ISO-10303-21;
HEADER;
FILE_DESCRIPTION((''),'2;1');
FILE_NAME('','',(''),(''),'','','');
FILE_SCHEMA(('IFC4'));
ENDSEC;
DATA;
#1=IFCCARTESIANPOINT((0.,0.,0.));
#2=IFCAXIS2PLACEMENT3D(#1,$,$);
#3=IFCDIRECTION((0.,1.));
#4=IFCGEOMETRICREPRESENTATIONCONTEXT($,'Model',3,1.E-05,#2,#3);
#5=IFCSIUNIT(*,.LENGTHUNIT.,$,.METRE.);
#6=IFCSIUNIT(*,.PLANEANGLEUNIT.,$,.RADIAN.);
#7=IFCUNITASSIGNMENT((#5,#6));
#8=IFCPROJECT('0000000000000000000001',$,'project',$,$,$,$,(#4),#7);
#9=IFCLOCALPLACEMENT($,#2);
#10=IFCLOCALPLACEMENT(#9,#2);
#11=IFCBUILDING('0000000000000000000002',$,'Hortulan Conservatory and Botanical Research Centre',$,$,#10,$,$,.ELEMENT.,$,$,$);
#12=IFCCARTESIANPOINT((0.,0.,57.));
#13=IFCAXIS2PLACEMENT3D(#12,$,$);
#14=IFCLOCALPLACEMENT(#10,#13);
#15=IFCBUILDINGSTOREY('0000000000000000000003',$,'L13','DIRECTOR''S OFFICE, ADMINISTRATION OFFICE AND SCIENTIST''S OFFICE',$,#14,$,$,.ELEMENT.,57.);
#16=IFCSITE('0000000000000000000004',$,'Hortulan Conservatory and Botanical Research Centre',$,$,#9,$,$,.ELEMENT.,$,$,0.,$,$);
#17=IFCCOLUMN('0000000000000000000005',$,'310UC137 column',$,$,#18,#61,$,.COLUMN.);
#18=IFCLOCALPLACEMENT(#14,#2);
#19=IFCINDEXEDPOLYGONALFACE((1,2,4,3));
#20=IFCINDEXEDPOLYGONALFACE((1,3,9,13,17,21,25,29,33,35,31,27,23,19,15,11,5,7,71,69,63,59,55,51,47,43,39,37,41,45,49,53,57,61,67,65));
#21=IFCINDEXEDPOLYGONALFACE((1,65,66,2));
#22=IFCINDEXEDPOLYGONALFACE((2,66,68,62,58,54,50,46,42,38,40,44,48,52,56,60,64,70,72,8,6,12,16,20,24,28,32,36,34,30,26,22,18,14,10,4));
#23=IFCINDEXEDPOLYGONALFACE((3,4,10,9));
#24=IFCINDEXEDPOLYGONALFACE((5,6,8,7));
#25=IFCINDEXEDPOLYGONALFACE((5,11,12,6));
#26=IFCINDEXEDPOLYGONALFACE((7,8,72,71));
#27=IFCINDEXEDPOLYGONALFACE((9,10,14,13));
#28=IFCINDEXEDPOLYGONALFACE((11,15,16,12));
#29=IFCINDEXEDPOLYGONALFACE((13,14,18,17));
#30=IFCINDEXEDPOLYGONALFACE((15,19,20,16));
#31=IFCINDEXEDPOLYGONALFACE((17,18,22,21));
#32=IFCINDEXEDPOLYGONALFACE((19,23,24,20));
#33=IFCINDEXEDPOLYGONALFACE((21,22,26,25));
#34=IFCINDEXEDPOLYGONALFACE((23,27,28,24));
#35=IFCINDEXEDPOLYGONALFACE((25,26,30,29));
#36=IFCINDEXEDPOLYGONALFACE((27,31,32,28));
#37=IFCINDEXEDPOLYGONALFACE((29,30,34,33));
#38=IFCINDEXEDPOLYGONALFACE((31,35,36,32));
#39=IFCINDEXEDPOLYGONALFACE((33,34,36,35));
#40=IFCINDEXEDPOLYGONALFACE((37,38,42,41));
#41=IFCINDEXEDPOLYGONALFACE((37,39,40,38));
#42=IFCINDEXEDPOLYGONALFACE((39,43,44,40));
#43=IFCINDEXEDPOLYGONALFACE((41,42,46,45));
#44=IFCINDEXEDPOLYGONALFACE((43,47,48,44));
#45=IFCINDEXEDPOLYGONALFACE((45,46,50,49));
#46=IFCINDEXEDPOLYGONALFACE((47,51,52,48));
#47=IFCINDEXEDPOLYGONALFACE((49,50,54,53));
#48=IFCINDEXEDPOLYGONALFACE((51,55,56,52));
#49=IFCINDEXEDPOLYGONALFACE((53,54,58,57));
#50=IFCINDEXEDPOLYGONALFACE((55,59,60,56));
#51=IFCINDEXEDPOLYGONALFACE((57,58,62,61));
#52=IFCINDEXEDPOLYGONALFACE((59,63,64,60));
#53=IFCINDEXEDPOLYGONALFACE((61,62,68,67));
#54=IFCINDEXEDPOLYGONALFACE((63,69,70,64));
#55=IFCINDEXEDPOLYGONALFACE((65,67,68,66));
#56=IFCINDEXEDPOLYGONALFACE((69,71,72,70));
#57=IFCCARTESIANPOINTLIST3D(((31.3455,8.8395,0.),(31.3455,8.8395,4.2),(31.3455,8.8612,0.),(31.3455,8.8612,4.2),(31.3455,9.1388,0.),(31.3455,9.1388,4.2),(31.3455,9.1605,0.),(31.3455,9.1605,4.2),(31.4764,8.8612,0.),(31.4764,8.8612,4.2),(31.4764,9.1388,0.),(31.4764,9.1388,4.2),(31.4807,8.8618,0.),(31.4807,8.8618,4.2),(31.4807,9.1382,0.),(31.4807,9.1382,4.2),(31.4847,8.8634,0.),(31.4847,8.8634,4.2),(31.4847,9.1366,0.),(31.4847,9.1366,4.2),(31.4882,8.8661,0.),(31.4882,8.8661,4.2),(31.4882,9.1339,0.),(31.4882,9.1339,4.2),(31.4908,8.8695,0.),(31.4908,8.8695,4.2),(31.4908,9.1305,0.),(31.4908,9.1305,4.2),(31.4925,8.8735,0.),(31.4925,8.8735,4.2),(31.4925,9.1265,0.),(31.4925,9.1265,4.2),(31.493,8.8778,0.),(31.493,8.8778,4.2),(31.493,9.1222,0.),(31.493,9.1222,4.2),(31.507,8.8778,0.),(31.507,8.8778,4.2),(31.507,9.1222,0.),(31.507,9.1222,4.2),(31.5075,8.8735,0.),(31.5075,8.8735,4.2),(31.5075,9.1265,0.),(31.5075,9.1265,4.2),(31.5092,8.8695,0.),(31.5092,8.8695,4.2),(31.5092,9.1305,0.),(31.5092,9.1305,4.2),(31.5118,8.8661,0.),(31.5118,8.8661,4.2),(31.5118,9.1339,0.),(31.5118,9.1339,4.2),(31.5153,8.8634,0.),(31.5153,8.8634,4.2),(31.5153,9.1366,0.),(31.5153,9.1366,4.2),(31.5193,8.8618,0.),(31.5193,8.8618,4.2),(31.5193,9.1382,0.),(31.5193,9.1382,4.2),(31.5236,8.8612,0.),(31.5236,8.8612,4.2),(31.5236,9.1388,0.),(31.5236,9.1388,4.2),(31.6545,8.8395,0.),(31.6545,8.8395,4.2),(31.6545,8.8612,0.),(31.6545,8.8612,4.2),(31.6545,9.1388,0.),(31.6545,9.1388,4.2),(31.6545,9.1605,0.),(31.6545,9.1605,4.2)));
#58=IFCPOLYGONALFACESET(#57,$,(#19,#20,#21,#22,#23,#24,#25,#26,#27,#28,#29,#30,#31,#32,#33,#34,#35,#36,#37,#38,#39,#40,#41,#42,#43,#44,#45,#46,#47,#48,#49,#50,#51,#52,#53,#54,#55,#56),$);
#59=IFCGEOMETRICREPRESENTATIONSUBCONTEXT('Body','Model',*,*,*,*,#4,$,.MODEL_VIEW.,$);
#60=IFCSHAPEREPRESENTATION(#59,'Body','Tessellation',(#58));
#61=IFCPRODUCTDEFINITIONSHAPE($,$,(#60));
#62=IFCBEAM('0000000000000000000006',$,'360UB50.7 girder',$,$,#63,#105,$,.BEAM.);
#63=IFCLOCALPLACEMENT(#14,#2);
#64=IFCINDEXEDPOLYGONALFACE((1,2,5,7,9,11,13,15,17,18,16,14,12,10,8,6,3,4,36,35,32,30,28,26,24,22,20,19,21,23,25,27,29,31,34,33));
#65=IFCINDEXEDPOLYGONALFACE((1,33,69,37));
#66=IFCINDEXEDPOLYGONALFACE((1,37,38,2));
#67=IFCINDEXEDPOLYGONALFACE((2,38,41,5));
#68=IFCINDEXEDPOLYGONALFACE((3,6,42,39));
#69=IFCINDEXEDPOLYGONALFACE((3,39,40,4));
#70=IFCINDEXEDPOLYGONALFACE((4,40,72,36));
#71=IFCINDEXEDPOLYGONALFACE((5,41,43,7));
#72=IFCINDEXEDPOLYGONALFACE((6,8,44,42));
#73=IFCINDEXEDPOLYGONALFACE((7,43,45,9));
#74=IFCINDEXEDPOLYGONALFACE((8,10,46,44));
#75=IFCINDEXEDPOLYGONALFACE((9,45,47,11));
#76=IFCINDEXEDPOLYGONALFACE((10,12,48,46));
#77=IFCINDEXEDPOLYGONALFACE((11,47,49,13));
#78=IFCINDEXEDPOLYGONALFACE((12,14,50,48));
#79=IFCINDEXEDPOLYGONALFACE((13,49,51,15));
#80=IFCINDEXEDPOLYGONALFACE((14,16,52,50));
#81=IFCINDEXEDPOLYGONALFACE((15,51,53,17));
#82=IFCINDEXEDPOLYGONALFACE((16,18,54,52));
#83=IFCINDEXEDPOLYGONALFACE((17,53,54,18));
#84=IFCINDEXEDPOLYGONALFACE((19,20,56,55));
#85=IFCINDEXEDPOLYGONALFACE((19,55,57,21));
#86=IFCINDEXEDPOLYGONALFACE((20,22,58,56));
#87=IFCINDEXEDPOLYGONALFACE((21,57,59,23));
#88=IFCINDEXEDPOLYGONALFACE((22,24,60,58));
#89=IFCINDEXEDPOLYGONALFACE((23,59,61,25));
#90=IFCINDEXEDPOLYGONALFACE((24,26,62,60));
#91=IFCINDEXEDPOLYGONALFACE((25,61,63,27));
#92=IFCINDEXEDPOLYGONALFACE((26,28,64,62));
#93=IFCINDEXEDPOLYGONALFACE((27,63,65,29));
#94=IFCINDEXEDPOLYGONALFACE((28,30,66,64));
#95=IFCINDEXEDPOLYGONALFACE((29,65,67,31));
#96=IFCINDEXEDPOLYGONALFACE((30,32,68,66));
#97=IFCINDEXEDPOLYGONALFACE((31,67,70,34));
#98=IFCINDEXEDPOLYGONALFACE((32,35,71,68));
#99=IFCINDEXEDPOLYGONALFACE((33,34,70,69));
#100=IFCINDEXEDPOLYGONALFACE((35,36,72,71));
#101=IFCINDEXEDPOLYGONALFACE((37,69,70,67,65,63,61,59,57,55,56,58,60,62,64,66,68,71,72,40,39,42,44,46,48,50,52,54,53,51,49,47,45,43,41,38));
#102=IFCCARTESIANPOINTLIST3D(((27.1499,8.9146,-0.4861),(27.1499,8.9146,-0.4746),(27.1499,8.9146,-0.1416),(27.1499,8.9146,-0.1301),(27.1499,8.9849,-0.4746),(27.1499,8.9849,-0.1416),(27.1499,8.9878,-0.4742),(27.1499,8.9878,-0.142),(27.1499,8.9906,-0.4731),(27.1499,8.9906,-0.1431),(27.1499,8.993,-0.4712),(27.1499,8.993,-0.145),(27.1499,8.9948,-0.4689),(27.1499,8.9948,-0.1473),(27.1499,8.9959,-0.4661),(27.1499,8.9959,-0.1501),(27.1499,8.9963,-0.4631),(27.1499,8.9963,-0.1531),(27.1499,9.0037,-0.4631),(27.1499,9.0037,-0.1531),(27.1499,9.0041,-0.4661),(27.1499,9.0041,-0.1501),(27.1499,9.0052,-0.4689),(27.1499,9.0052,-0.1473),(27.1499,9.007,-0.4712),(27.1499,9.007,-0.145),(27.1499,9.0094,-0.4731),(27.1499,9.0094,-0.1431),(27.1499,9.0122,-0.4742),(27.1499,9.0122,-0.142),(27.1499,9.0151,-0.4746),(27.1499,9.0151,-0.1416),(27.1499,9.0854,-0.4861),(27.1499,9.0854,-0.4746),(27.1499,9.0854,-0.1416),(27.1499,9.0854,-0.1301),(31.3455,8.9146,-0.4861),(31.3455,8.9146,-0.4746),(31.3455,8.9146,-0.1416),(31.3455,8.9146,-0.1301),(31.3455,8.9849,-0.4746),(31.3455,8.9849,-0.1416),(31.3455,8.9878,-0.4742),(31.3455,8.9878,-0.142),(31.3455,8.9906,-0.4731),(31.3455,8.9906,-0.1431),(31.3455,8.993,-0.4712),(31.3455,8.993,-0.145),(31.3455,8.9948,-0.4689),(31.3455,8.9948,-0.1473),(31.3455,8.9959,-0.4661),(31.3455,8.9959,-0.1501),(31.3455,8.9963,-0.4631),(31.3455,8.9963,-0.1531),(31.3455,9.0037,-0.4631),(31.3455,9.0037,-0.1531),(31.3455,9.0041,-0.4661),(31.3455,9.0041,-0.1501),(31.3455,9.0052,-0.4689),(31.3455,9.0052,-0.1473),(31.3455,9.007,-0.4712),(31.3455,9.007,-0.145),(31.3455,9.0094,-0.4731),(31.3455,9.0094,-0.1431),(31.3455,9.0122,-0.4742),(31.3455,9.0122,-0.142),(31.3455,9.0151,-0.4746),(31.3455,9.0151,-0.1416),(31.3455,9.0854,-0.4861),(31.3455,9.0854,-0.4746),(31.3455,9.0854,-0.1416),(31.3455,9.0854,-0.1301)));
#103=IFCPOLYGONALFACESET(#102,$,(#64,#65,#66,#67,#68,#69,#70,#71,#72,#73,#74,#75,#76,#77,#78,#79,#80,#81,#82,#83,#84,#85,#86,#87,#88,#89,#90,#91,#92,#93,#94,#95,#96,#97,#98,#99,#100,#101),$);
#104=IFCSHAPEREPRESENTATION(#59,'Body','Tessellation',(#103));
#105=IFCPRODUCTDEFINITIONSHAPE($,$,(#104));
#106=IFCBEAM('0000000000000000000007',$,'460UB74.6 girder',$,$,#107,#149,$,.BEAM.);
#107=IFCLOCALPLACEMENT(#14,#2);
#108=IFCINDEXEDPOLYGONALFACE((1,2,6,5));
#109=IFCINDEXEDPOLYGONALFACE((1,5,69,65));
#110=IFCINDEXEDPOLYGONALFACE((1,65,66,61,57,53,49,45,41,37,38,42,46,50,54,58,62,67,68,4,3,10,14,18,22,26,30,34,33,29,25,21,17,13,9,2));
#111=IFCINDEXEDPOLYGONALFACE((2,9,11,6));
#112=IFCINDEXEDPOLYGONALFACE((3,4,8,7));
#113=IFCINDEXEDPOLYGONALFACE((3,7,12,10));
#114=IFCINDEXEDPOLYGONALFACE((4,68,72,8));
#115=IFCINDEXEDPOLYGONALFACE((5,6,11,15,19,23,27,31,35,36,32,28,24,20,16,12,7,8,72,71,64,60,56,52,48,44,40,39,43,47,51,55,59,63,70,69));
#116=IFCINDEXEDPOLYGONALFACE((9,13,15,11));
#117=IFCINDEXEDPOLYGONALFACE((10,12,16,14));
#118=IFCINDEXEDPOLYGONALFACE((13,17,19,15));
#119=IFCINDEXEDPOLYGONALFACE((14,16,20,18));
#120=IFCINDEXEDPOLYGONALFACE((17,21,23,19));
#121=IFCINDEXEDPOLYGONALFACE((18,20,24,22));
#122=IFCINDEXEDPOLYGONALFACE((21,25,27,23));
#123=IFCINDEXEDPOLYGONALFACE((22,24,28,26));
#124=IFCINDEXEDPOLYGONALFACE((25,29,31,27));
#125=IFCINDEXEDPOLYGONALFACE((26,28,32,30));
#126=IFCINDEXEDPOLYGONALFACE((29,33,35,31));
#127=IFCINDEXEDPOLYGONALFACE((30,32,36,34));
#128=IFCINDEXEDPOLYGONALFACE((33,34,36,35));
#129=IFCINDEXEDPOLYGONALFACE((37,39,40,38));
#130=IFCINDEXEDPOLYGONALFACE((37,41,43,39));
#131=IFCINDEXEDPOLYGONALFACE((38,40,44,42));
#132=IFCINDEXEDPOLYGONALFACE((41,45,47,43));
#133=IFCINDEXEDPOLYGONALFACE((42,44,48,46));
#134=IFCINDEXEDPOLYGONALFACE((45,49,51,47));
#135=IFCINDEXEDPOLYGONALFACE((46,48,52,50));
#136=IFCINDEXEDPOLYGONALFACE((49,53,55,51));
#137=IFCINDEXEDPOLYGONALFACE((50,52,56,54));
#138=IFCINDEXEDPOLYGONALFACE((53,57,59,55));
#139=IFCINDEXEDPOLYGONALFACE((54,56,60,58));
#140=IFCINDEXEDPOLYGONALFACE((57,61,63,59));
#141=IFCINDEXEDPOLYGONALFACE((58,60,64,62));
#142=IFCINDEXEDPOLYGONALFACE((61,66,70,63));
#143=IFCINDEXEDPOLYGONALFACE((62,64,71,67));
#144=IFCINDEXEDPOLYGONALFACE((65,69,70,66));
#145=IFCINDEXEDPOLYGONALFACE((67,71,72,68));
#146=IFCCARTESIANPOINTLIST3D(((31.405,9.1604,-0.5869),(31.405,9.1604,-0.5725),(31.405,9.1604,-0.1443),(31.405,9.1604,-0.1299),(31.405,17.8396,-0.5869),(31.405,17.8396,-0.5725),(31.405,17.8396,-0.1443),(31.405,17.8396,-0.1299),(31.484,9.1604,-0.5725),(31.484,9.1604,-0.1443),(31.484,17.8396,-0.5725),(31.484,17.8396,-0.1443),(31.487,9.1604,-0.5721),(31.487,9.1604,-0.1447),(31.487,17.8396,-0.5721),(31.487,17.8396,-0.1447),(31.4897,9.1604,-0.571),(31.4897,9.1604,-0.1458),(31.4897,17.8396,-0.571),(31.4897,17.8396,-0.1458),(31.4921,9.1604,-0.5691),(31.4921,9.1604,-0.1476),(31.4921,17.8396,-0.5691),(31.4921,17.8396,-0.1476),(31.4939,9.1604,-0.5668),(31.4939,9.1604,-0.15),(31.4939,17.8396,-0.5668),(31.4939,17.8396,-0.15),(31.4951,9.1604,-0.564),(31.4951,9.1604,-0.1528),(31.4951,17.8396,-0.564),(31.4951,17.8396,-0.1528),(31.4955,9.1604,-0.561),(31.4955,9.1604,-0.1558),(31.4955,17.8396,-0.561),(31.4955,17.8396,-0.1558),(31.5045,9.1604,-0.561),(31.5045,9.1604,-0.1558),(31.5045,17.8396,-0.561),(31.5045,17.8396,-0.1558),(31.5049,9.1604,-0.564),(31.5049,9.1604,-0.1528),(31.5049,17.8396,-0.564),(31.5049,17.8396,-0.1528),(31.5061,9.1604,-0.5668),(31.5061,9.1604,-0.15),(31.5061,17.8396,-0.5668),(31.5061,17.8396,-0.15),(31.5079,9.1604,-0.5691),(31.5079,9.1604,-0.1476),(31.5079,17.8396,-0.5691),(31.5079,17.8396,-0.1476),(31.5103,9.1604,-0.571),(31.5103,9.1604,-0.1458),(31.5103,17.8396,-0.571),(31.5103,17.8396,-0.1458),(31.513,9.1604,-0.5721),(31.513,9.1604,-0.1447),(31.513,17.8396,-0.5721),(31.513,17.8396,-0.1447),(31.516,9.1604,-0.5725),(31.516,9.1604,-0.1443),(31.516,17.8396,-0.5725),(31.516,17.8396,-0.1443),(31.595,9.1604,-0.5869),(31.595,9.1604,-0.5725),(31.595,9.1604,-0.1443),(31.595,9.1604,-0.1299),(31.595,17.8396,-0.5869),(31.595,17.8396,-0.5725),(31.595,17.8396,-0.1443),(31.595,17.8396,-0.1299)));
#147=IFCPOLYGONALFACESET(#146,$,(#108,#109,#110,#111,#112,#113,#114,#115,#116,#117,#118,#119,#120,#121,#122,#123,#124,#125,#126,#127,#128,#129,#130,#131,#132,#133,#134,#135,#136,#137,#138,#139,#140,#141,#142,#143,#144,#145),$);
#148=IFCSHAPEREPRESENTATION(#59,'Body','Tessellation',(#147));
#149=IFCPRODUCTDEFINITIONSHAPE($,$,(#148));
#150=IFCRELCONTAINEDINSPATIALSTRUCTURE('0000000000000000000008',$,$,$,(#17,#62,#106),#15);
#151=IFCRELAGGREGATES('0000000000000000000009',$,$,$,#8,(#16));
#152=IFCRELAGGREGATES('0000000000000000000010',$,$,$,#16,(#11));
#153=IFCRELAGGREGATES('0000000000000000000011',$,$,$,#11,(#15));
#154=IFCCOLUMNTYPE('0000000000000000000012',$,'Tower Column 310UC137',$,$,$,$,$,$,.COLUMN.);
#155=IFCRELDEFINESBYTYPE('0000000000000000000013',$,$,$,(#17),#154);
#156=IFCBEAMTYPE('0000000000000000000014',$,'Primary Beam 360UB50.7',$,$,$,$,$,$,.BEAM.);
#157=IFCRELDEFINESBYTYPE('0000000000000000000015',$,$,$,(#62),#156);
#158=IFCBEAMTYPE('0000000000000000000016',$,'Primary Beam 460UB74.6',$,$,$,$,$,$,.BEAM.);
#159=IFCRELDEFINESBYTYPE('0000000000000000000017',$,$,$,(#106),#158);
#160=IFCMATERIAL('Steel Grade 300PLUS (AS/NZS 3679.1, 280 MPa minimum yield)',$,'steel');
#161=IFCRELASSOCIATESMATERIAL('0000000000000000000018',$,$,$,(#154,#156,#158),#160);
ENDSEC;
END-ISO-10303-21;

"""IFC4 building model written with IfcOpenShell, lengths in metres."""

from ifc_helpers import new_model, si_unit, direction, frame, origin, origin_2d, place, context, subcontext, project, spatial, i_section, extrude, material, material_profile, profile_set, type_object, element, save


model = new_model("IFC4")

# Units and contexts
model_context = context("Model", 3, precision=1e-05, world=origin(), true_north=direction((0.0, 1.0)))
body_context = subcontext(model_context, "Body", "Model", "MODEL_VIEW")
ifc_project = project(units=[si_unit("LENGTHUNIT", "METRE"), si_unit("PLANEANGLEUNIT", "RADIAN")], contexts=[model_context])

# Site, building, storey
site_placement = place(None, origin())
site = spatial("IfcSite", under=ifc_project, at=site_placement, Name="Hortulan Conservatory and Botanical Research Centre", CompositionType="ELEMENT", RefElevation=0.0)
building_placement = place(site_placement, origin())
building = spatial("IfcBuilding", under=site, at=building_placement, Name="Hortulan Conservatory and Botanical Research Centre", CompositionType="ELEMENT")
storey_placement = place(building_placement, frame((0.0, 0.0, 57.0)))
storey = spatial("IfcBuildingStorey", under=building, at=storey_placement, Name="L13", Description="DIRECTOR'S OFFICE, ADMINISTRATION OFFICE AND SCIENTIST'S OFFICE", CompositionType="ELEMENT", Elevation=57.0)

# Column
ifc_material_1 = material(Name="Steel Grade 300PLUS (AS/NZS 3679.1, 280 MPa minimum yield)", Category="steel")
ifc_material_profile_1 = material_profile(ifc_material_1, i_section(OverallWidth=0.3091, OverallDepth=0.321, WebThickness=0.0139, FlangeThickness=0.0217, FilletRadius=0.0166, at=origin_2d()), Name="310UC137")
ifc_profile_set_1 = profile_set([ifc_material_profile_1], Name="Steel Grade 300PLUS (AS/NZS 3679.1, 280 MPa minimum yield)")
column_type = type_object("IfcColumnType", Name="Tower Column 310UC137", PredefinedType="COLUMN", material=ifc_profile_set_1)
column_placement = place(storey_placement, frame((31.5, 9.0, 0.0), z_axis=(0.0, 0.0, 1.0), x_axis=(1.0, 0.0, 0.0)))
element("IfcColumn", 1, at=column_placement, inside=storey, type_object=column_type, Name="310UC137 column", PredefinedType="COLUMN", context=body_context, shape_type="SweptSolid", body=[
    extrude(i_section(OverallWidth=0.3091, OverallDepth=0.321, WebThickness=0.0139, FlangeThickness=0.0217, FilletRadius=0.0166, at=origin_2d()), origin(), (0.0, 0.0, 1.0), 4.2),
])

# Beams
ifc_material_profile_2 = material_profile(ifc_material_1, i_section(OverallWidth=0.1709, OverallDepth=0.356, WebThickness=0.0073, FlangeThickness=0.0115, FilletRadius=0.0115, at=origin_2d()), Name="360UB50.7")
ifc_profile_set_2 = profile_set([ifc_material_profile_2], Name="Steel Grade 300PLUS (AS/NZS 3679.1, 280 MPa minimum yield)")
beam_type_1 = type_object("IfcBeamType", Name="Primary Beam 360UB50.7", PredefinedType="BEAM", material=ifc_profile_set_2)
beam_1_placement = place(storey_placement, frame((27.1499, 9.0, -0.3081), z_axis=(1.0, 0.0, 0.0), x_axis=(0.0, 1.0, 0.0)))
element("IfcBeam", 2, at=beam_1_placement, inside=storey, type_object=beam_type_1, Name="360UB50.7 girder", PredefinedType="BEAM", context=body_context, shape_type="SweptSolid", body=[
    extrude(i_section(OverallWidth=0.1709, OverallDepth=0.356, WebThickness=0.0073, FlangeThickness=0.0115, FilletRadius=0.0115, at=origin_2d()), origin(), (0.0, 0.0, 1.0), 4.1956),
])
ifc_material_profile_3 = material_profile(ifc_material_1, i_section(OverallWidth=0.1899, OverallDepth=0.457, WebThickness=0.009, FlangeThickness=0.0144, FilletRadius=0.0115, at=origin_2d()), Name="460UB74.6")
ifc_profile_set_3 = profile_set([ifc_material_profile_3], Name="Steel Grade 300PLUS (AS/NZS 3679.1, 280 MPa minimum yield)")
beam_type_2 = type_object("IfcBeamType", Name="Primary Beam 460UB74.6", PredefinedType="BEAM", material=ifc_profile_set_3)
beam_2_placement = place(storey_placement, frame((31.5, 9.1604, -0.3584), z_axis=(0.0, 1.0, 0.0), x_axis=(-1.0, 0.0, 0.0)))
element("IfcBeam", 3, at=beam_2_placement, inside=storey, type_object=beam_type_2, Name="460UB74.6 girder", PredefinedType="BEAM", context=body_context, shape_type="SweptSolid", body=[
    extrude(i_section(OverallWidth=0.1899, OverallDepth=0.457, WebThickness=0.009, FlangeThickness=0.0144, FilletRadius=0.0115, at=origin_2d()), origin(), (0.0, 0.0, 1.0), 8.6792),
])

save(model, "model.ifc")
